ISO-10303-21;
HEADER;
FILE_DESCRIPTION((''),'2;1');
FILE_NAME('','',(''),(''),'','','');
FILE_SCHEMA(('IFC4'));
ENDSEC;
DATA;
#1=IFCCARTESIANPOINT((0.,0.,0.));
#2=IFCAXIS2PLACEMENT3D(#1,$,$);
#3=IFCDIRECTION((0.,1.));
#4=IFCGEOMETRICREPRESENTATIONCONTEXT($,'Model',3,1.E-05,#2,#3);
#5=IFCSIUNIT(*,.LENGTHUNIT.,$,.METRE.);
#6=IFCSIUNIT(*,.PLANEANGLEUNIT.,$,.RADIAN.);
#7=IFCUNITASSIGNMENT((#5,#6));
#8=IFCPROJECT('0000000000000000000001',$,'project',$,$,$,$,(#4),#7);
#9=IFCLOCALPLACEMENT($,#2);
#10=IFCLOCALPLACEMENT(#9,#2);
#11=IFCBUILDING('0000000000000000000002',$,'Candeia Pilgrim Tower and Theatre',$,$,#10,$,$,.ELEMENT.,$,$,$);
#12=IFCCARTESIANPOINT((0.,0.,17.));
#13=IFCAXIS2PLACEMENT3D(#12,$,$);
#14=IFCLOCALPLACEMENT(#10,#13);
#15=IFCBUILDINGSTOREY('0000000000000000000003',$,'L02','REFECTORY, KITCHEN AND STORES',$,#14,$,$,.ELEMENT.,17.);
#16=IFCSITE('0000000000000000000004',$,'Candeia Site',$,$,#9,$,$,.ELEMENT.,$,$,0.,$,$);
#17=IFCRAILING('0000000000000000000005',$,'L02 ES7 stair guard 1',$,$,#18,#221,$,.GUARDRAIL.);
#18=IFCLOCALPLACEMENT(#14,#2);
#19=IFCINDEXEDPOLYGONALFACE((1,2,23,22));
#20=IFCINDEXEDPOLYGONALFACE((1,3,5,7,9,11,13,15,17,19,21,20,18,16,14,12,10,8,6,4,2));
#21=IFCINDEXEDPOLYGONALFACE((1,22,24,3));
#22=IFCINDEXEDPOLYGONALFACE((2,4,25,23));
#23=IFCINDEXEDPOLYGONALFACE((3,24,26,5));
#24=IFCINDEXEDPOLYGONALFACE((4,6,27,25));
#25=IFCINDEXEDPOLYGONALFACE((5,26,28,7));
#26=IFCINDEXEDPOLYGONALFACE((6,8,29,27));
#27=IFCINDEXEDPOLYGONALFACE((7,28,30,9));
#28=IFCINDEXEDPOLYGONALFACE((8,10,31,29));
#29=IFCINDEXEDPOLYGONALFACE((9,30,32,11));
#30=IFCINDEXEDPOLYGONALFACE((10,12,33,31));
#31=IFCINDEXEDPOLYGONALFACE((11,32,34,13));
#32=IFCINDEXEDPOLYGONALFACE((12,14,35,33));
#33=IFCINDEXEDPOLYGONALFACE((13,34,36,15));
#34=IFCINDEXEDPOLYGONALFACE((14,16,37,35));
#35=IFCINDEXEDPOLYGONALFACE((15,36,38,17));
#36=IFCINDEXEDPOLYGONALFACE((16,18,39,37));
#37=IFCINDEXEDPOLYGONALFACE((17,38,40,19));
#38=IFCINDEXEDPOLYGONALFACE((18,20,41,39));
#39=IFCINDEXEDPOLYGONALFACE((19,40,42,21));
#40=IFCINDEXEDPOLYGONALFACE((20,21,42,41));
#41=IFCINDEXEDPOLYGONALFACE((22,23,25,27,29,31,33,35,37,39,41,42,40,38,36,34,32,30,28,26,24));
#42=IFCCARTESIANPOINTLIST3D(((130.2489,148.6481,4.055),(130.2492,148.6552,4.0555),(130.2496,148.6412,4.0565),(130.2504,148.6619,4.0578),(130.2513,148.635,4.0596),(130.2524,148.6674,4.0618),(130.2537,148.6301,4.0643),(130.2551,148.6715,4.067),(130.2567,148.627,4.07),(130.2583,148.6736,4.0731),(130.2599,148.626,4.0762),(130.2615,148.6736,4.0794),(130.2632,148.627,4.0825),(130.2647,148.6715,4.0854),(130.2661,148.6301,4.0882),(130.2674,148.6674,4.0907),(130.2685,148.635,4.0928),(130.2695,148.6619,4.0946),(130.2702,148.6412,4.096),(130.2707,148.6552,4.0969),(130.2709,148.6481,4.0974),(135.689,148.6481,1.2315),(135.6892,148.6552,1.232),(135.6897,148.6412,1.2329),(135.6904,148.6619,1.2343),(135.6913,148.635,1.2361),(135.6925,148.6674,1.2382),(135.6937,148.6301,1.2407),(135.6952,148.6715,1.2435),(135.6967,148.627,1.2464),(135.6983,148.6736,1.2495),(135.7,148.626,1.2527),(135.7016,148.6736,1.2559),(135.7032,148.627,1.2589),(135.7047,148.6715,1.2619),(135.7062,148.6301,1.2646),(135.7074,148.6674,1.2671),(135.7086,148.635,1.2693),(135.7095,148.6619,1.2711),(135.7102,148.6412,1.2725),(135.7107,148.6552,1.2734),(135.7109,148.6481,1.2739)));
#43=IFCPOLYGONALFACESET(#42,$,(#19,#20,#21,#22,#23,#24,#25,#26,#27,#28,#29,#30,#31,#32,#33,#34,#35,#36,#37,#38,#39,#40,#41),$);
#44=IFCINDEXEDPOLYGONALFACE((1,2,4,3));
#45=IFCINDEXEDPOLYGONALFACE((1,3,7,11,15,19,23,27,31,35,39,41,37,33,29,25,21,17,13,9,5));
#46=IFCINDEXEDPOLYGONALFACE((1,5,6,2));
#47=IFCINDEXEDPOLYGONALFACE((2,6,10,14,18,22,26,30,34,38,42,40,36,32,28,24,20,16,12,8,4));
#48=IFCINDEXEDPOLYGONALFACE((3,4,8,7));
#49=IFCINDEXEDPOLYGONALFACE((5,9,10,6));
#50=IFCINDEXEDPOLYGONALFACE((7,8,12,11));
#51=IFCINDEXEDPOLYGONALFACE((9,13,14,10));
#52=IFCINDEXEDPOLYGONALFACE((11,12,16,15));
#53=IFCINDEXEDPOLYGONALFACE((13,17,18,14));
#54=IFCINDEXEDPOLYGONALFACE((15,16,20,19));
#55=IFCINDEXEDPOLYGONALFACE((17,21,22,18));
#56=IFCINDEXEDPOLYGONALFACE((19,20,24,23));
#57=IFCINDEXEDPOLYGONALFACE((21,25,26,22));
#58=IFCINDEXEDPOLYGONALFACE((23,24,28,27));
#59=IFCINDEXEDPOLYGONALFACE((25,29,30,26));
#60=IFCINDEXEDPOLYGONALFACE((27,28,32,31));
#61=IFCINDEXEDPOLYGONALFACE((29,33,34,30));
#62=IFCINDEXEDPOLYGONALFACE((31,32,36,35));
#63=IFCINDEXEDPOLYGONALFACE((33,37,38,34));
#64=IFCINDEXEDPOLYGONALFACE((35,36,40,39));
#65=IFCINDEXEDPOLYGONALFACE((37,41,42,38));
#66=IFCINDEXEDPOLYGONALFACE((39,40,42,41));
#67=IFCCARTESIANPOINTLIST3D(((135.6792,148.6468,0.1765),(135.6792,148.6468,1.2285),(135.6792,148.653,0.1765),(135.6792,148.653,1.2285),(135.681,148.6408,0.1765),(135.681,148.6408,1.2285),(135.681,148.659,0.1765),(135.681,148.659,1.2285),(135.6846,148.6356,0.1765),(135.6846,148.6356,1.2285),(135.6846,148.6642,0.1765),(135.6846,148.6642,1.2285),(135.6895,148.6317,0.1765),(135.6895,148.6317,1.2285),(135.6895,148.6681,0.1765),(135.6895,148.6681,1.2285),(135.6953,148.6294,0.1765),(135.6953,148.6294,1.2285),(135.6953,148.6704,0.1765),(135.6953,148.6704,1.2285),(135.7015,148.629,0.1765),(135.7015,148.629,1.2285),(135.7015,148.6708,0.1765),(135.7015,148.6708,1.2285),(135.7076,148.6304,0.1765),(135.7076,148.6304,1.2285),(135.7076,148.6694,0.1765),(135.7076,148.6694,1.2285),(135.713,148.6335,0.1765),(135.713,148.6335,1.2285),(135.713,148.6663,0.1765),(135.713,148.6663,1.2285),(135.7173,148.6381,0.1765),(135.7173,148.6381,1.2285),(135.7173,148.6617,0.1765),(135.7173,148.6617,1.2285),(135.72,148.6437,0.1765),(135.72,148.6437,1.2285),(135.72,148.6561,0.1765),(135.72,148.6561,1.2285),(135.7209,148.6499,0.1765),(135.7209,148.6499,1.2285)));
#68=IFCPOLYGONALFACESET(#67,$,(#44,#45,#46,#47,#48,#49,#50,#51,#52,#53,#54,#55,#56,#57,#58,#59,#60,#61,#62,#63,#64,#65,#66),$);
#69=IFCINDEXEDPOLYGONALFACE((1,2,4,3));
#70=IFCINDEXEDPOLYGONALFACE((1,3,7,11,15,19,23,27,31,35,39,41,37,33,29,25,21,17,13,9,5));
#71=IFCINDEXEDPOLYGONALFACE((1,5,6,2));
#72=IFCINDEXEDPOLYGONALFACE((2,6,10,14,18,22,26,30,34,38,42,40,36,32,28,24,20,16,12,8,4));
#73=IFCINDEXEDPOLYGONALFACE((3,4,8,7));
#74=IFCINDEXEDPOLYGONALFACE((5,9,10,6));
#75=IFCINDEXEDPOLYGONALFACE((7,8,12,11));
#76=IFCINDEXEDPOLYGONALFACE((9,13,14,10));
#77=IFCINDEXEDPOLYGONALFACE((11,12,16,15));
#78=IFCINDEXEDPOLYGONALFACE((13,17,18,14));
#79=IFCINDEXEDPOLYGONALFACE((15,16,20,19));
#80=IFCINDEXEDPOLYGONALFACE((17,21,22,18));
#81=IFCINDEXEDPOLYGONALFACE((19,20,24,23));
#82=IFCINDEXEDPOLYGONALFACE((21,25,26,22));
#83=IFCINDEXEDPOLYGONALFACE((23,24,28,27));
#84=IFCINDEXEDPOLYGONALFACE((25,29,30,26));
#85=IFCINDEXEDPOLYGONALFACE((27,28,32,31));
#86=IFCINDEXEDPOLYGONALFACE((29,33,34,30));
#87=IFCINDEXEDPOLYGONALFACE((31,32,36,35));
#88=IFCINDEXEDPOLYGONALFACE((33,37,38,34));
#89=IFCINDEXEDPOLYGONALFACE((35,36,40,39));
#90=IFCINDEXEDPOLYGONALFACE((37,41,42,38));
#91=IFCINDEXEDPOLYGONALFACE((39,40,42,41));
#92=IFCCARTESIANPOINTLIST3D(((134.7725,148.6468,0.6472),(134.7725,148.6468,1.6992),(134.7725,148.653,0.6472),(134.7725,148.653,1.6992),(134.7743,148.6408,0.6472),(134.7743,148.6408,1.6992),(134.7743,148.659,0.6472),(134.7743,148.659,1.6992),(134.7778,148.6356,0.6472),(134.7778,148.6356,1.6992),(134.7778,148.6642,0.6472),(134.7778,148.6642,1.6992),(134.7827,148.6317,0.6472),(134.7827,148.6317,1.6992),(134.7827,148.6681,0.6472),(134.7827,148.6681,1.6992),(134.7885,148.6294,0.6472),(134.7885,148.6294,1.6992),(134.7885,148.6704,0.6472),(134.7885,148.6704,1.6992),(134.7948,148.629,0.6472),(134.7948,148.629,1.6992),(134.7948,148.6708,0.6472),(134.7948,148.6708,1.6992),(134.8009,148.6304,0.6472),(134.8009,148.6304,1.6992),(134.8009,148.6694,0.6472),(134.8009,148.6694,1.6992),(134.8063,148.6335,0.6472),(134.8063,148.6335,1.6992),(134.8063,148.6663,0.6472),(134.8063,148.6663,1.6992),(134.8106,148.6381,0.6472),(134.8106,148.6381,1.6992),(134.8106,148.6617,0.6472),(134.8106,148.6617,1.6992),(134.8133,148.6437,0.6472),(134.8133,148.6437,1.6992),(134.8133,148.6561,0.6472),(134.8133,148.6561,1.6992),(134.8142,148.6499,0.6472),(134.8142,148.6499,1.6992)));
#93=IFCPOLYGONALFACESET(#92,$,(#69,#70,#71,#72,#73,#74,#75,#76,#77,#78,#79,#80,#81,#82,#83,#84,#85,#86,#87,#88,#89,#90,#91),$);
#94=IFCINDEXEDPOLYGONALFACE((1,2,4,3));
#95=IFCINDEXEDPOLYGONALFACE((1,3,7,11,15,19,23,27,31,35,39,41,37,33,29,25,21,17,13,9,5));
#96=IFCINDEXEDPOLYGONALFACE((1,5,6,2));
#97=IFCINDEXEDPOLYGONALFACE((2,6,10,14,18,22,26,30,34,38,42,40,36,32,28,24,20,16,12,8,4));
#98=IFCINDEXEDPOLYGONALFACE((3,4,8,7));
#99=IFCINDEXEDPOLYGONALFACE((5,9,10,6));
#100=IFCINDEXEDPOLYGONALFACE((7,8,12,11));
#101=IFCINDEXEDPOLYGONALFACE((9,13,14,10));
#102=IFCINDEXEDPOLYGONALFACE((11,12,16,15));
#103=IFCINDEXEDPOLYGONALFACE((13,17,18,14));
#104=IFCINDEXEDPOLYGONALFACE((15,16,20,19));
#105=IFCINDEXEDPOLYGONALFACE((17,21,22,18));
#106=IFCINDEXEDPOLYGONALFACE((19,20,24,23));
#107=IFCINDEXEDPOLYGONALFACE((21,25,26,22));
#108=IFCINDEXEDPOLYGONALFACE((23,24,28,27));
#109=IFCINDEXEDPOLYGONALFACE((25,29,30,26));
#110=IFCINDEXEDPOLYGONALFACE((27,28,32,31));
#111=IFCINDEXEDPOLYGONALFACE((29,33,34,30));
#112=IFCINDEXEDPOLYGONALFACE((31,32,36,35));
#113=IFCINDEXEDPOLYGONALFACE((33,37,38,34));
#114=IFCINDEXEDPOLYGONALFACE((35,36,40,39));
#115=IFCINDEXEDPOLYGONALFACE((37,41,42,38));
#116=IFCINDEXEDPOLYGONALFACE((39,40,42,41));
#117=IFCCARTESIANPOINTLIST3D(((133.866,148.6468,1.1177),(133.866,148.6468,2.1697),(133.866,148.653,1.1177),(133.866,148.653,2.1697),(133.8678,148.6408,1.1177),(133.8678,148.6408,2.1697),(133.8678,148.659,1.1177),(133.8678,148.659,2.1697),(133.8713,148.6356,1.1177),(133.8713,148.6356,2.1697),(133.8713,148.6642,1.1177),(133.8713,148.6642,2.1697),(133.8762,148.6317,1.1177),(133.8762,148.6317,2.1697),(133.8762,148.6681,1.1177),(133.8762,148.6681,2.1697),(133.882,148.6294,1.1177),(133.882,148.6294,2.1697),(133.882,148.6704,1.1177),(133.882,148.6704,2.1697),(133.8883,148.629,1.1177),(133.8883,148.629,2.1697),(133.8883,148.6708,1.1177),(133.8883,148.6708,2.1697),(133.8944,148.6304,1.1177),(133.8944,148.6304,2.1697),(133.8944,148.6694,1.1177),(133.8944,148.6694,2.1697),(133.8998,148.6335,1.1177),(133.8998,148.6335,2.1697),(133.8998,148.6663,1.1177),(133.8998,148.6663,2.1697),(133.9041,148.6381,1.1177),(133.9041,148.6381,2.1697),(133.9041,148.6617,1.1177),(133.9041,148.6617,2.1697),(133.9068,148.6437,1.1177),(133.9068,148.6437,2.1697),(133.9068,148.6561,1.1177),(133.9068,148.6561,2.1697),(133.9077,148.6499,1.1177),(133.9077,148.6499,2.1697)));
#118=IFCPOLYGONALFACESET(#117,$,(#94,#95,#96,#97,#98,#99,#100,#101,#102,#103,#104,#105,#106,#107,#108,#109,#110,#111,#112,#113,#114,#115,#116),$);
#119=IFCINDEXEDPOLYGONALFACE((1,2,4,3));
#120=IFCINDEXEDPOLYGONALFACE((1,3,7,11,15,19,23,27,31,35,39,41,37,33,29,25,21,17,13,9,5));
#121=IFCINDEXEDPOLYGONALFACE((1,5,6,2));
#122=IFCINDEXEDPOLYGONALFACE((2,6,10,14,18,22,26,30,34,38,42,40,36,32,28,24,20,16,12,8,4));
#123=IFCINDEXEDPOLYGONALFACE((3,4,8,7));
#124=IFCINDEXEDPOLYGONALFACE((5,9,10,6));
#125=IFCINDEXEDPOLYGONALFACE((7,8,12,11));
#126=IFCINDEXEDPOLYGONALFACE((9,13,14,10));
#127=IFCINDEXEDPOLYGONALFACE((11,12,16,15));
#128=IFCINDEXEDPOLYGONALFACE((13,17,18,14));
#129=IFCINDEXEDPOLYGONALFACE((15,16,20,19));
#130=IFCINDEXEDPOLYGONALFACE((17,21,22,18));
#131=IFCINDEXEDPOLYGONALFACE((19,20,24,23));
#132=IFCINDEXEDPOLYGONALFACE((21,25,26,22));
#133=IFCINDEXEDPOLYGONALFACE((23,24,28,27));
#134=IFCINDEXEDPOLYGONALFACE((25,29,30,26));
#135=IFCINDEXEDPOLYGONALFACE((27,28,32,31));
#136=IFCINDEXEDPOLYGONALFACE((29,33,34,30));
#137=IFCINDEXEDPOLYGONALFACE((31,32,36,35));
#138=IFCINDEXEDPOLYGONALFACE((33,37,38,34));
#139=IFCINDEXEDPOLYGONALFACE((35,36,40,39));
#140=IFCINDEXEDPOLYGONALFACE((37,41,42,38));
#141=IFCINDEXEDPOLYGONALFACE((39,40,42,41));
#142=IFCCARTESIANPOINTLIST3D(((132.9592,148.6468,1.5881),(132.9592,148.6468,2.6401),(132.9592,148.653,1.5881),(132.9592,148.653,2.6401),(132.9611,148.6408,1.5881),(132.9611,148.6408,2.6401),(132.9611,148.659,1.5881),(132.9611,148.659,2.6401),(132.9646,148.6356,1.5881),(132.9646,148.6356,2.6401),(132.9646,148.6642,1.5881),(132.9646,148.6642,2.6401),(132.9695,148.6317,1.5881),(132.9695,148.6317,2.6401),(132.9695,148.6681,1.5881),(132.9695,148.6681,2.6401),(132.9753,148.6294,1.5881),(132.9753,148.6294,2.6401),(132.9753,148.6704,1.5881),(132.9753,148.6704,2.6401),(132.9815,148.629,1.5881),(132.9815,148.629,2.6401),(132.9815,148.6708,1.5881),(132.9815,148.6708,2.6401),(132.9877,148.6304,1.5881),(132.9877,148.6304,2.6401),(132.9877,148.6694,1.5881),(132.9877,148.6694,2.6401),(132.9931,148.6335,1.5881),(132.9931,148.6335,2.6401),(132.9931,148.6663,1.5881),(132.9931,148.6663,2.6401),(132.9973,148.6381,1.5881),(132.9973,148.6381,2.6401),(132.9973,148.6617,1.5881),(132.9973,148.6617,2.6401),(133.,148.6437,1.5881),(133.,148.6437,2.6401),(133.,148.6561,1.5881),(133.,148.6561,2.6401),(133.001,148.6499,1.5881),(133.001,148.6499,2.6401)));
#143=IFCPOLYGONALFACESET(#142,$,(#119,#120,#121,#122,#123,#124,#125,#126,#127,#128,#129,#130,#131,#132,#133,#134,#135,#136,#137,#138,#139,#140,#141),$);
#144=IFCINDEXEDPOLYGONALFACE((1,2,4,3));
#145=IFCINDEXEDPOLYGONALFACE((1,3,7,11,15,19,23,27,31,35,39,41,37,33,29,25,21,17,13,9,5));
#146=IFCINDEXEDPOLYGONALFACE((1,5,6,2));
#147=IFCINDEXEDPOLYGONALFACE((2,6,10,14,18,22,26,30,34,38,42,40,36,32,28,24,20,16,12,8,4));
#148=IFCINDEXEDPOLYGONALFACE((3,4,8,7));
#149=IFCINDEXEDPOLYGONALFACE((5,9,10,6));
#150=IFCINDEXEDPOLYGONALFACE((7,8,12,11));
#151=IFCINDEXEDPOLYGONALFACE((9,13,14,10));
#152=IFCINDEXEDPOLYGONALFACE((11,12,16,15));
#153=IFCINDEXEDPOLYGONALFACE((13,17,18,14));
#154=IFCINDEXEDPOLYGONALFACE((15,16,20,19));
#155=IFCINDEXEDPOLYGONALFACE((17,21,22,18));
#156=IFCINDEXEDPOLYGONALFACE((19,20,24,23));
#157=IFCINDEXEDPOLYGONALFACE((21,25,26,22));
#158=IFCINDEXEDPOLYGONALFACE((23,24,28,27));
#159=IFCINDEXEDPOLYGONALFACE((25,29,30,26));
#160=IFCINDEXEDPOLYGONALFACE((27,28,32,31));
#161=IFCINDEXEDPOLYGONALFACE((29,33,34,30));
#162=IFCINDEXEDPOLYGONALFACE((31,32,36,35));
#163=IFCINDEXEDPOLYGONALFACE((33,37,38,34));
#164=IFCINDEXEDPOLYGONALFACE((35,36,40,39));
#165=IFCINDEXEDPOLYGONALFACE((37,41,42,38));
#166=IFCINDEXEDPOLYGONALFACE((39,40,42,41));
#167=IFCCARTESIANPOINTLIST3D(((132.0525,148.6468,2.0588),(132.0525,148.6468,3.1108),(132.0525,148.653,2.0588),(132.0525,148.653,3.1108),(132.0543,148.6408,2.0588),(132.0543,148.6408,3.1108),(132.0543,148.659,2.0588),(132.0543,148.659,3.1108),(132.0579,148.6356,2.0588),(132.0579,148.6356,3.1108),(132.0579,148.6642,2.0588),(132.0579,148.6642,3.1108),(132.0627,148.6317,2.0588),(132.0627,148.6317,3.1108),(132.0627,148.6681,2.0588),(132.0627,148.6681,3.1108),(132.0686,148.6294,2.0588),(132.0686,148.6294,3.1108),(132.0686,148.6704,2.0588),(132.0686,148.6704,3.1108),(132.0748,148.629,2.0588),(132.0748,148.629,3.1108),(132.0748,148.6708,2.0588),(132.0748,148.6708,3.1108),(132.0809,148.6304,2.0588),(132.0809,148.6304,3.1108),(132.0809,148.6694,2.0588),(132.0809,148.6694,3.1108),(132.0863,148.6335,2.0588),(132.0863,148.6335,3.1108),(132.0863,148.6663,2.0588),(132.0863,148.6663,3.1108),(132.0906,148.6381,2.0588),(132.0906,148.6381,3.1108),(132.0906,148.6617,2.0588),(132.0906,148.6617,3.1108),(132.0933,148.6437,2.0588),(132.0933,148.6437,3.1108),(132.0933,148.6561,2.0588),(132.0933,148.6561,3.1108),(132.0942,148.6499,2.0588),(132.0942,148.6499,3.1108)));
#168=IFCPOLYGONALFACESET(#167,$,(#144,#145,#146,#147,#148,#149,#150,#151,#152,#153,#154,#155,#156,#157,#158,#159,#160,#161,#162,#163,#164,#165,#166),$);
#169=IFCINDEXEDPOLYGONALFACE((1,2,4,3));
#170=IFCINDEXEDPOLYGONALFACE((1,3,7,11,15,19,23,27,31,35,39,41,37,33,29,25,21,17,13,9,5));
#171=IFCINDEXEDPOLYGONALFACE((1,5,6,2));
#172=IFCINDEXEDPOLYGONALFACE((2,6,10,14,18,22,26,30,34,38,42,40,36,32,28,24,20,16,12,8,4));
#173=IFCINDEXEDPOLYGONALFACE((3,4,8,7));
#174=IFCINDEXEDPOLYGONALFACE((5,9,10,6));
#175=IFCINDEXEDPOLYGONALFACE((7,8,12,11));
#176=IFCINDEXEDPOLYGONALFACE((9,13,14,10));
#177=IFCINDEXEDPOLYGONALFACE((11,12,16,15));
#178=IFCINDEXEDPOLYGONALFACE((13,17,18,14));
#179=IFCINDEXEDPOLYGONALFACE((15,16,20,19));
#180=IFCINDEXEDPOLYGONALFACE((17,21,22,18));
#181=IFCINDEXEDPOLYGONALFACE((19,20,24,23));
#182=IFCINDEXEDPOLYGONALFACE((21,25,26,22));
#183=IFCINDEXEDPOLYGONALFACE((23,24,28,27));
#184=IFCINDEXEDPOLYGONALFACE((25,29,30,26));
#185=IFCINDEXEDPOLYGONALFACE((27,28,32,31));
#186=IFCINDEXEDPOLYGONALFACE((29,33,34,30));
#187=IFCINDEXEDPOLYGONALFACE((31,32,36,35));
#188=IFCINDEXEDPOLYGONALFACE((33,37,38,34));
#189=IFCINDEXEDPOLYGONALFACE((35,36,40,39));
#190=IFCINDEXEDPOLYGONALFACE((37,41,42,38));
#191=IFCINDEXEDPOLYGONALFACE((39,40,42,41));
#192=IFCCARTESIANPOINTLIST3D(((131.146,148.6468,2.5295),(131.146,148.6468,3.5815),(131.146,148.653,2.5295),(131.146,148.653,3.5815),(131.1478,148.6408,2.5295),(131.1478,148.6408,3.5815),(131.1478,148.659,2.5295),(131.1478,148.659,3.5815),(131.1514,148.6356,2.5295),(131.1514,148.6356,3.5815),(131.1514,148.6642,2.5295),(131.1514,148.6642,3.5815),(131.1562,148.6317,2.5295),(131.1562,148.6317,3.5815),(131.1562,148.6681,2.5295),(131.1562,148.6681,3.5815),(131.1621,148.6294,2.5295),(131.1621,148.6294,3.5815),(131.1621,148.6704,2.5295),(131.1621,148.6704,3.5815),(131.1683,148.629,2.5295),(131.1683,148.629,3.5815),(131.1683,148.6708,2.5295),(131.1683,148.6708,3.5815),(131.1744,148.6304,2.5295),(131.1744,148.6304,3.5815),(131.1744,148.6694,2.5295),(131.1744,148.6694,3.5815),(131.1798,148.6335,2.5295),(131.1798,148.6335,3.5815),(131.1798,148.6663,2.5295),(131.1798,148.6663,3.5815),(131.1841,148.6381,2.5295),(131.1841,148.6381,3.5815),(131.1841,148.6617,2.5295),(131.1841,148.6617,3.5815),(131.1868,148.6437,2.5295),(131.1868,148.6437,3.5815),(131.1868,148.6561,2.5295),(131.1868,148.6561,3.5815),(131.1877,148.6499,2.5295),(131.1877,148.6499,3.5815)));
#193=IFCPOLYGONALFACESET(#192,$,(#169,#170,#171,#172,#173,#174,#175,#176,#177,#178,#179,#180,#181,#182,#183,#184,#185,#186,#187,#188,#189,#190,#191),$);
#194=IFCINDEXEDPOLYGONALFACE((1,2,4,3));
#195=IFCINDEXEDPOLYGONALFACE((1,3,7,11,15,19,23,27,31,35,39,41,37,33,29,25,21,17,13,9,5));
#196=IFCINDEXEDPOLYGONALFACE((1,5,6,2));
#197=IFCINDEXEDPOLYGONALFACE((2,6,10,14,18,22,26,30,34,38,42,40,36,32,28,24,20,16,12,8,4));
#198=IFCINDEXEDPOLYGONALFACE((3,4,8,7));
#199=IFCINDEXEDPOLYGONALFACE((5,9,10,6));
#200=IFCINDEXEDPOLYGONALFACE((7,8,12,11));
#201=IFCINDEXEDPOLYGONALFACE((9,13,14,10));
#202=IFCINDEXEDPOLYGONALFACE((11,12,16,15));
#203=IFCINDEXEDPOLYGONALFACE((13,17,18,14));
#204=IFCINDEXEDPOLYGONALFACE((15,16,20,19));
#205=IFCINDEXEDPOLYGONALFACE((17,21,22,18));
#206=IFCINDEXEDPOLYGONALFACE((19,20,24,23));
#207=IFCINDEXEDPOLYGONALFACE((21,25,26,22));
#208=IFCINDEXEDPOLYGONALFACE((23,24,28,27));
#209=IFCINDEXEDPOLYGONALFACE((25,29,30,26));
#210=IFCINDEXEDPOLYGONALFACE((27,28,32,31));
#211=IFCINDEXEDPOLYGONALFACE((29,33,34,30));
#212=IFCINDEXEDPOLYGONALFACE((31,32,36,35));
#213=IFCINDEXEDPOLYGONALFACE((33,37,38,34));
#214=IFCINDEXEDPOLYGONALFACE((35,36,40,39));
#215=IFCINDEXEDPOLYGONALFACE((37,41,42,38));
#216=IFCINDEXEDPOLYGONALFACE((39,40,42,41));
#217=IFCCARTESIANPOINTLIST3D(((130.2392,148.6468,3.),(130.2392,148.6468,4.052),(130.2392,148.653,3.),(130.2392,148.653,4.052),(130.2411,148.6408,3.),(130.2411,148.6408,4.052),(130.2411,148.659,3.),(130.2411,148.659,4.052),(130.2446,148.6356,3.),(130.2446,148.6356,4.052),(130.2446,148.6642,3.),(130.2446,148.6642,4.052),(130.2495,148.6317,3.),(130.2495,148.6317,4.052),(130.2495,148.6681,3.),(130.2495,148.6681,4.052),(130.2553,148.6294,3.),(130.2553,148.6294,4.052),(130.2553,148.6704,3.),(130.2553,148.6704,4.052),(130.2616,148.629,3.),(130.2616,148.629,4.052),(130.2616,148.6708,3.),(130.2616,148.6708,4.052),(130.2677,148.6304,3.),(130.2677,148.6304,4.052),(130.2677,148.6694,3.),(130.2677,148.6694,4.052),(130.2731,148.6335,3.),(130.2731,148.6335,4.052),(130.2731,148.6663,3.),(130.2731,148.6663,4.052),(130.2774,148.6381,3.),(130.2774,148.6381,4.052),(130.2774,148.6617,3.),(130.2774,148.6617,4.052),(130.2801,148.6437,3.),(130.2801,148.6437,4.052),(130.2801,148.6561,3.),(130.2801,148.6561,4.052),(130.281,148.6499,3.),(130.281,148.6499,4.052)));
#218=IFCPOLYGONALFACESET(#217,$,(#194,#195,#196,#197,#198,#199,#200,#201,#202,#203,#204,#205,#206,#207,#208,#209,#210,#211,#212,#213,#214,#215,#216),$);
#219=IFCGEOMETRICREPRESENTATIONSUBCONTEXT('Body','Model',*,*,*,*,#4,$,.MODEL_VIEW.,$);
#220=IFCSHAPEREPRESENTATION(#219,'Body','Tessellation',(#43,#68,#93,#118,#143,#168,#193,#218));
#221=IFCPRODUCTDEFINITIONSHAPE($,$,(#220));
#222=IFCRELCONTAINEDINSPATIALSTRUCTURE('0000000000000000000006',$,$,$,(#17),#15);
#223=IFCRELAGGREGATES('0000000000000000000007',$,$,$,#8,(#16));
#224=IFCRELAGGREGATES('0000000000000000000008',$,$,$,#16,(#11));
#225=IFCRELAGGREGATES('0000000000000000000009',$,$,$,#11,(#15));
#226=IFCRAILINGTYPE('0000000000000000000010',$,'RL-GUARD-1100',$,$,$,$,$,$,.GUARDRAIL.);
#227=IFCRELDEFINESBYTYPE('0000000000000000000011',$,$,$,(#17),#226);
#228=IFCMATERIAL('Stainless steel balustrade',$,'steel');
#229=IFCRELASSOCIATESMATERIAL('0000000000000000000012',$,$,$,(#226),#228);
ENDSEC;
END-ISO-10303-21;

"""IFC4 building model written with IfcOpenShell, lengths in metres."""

from ifc_helpers import new_model, si_unit, direction, frame, origin, origin_2d, place, context, subcontext, project, spatial, circle, extrude, material, type_object, element, save


model = new_model("IFC4")

# Units and contexts
model_context = context("Model", 3, precision=1e-05, world=origin(), true_north=direction((0.0, 1.0)))
body_context = subcontext(model_context, "Body", "Model", "MODEL_VIEW")
ifc_project = project(units=[si_unit("LENGTHUNIT", "METRE"), si_unit("PLANEANGLEUNIT", "RADIAN")], contexts=[model_context])

# Site, building, storey
site_placement = place(None, origin())
site = spatial("IfcSite", under=ifc_project, at=site_placement, Name="Candeia Site", CompositionType="ELEMENT", RefElevation=0.0)
building_placement = place(site_placement, origin())
building = spatial("IfcBuilding", under=site, at=building_placement, Name="Candeia Pilgrim Tower and Theatre", CompositionType="ELEMENT")
storey_placement = place(building_placement, frame((0.0, 0.0, 17.0)))
storey = spatial("IfcBuildingStorey", under=building, at=storey_placement, Name="L02", Description="REFECTORY, KITCHEN AND STORES", CompositionType="ELEMENT", Elevation=17.0)

# Railing
ifc_material_1 = material(Name="Stainless steel balustrade", Category="steel")
railing_type_1 = type_object("IfcRailingType", Name="RL-GUARD-1100", PredefinedType="GUARDRAIL", material=ifc_material_1)
railing_1_placement = place(storey_placement, frame((135.7, 148.6499, 0.1765)))
element("IfcRailing", 1, at=railing_1_placement, inside=storey, type_object=railing_type_1, Name="L02 ES7 stair guard 1", PredefinedType="GUARDRAIL", context=body_context, shape_type="SweptSolid", body=[
    extrude(circle(Radius=0.0239, at=origin_2d()), frame((0.0, 0.0, 1.0762), z_axis=(-0.887569, 0.0, 0.460674), x_axis=(0.0, -1.0, 0.0)), (0.0, 0.0, 1.0), 6.1292),
    extrude(circle(Radius=0.021, at=origin_2d()), origin(), (0.0, 0.0, 1.0), 1.052),
    extrude(circle(Radius=0.021, at=origin_2d()), frame((-0.9067, 0.0, 0.4707)), (0.0, 0.0, 1.0), 1.052),
    extrude(circle(Radius=0.021, at=origin_2d()), frame((-1.8132, 0.0, 0.9412)), (0.0, 0.0, 1.0), 1.052),
    extrude(circle(Radius=0.021, at=origin_2d()), frame((-2.72, 0.0, 1.4116)), (0.0, 0.0, 1.0), 1.052),
    extrude(circle(Radius=0.021, at=origin_2d()), frame((-3.6267, 0.0, 1.8823)), (0.0, 0.0, 1.0), 1.052),
    extrude(circle(Radius=0.021, at=origin_2d()), frame((-4.5332, 0.0, 2.353)), (0.0, 0.0, 1.0), 1.052),
    extrude(circle(Radius=0.021, at=origin_2d()), frame((-5.4399, 0.0, 2.8235)), (0.0, 0.0, 1.0), 1.052),
])

save(model, "model.ifc")
